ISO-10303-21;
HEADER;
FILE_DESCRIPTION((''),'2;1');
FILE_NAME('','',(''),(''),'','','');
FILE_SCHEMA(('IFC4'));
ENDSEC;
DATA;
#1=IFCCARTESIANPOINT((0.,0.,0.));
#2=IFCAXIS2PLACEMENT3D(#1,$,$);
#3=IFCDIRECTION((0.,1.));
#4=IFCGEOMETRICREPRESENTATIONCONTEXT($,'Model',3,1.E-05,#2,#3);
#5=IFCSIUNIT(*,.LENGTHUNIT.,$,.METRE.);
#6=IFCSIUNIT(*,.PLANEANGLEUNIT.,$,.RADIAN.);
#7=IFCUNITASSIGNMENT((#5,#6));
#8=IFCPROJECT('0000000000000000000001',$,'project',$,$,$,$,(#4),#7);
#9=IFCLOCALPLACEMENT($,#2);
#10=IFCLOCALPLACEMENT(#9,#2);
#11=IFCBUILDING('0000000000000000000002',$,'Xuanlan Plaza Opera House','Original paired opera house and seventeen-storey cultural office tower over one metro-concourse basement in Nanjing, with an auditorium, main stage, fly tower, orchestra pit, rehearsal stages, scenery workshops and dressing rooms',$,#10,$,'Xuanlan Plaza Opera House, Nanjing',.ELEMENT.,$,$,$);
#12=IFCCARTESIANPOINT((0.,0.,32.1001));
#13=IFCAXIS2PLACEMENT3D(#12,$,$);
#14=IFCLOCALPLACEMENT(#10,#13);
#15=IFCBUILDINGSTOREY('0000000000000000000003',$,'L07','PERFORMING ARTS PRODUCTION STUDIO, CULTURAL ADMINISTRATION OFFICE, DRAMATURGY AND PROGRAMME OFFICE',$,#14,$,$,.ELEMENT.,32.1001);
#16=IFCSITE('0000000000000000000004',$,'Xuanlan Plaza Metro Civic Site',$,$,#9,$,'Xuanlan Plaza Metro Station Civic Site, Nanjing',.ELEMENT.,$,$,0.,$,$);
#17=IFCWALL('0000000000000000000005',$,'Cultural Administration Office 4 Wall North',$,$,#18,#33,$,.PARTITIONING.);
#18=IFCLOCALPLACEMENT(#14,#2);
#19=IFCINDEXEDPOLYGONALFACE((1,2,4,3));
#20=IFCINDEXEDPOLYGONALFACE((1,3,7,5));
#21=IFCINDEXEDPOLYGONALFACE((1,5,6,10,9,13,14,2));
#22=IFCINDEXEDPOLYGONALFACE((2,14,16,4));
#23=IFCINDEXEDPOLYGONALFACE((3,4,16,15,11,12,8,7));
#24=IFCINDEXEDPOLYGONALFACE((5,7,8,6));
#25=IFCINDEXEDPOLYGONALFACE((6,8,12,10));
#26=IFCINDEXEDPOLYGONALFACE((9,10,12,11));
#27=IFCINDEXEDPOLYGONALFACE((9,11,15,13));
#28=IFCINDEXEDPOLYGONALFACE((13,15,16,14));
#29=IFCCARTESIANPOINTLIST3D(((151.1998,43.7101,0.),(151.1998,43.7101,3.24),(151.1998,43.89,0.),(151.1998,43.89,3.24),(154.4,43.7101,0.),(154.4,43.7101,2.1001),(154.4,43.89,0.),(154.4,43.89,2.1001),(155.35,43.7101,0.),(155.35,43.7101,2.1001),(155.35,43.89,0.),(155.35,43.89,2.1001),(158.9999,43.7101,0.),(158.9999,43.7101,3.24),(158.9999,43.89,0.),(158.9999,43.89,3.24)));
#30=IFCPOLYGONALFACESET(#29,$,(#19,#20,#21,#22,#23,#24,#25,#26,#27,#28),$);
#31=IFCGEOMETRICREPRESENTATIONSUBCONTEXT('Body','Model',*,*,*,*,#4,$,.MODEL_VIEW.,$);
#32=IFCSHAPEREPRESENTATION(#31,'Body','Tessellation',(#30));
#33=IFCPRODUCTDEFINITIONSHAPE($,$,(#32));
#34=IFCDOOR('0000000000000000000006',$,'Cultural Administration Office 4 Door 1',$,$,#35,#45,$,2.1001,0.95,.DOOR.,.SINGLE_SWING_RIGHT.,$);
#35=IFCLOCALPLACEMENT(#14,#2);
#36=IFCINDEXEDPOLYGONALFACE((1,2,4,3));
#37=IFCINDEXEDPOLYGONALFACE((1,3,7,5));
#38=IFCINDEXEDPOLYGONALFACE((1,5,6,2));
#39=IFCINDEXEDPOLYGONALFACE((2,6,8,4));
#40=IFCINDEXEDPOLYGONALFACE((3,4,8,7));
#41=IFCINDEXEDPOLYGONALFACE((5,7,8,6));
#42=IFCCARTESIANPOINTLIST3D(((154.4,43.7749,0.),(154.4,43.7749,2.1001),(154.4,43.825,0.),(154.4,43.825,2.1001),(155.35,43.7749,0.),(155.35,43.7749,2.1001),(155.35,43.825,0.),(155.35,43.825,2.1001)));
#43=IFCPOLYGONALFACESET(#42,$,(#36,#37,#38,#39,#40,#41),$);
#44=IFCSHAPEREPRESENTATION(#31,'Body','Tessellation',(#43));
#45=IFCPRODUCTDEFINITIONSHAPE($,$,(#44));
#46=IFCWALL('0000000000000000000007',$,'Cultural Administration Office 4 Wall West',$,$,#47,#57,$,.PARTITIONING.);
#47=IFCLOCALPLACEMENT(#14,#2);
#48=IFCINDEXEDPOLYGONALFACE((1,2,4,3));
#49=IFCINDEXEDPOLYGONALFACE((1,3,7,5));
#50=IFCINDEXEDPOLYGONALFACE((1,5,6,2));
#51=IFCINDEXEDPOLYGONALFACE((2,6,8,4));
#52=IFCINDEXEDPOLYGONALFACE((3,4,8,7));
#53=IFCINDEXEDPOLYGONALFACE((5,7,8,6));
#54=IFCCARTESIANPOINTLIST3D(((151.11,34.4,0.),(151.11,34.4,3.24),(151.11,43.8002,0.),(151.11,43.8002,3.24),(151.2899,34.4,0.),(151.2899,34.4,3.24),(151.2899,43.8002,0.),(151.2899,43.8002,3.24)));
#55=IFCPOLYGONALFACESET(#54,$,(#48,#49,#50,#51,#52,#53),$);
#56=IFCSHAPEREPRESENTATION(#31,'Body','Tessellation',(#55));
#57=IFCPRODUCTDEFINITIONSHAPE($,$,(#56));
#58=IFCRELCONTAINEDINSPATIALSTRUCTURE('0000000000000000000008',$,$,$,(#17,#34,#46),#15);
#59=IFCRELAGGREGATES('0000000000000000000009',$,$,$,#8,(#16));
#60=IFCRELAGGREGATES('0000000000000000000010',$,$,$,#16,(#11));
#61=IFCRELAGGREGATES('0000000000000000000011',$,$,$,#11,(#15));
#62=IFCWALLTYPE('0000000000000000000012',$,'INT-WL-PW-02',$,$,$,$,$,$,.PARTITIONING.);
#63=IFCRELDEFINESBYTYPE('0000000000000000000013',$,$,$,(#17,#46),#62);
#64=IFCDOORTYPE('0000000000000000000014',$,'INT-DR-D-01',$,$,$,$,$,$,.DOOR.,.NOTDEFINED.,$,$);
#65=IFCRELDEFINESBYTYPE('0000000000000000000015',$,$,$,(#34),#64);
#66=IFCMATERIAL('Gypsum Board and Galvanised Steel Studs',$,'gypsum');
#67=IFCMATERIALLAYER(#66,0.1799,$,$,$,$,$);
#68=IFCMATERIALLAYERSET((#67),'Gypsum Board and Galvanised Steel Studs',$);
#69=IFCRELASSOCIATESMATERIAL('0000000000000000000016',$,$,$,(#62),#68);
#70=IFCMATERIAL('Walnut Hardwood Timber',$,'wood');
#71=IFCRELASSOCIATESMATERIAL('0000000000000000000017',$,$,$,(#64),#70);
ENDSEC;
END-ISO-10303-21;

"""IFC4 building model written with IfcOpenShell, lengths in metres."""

from ifc_helpers import new_model, si_unit, direction, frame, frame_2d, origin, place, context, subcontext, project, spatial, rectangle, extrude, material, layer, layer_set, type_object, element, fill, save


model = new_model("IFC4")

# Units and contexts
model_context = context("Model", 3, precision=1e-05, world=origin(), true_north=direction((0.0, 1.0)))
body_context = subcontext(model_context, "Body", "Model", "MODEL_VIEW")
ifc_project = project(units=[si_unit("LENGTHUNIT", "METRE"), si_unit("PLANEANGLEUNIT", "RADIAN")], contexts=[model_context])

# Site, building, storey
site_placement = place(None, origin())
site = spatial("IfcSite", under=ifc_project, at=site_placement, Name="Xuanlan Plaza Metro Civic Site", LongName="Xuanlan Plaza Metro Station Civic Site, Nanjing", CompositionType="ELEMENT", RefElevation=0.0)
building_placement = place(site_placement, origin())
building = spatial("IfcBuilding", under=site, at=building_placement, Name="Xuanlan Plaza Opera House", Description="Original paired opera house and seventeen-storey cultural office tower over one metro-concourse basement in Nanjing, with an auditorium, main stage, fly tower, orchestra pit, rehearsal stages, scenery workshops and dressing rooms", LongName="Xuanlan Plaza Opera House, Nanjing", CompositionType="ELEMENT")
storey_placement = place(building_placement, frame((0.0, 0.0, 32.1001)))
storey = spatial("IfcBuildingStorey", under=building, at=storey_placement, Name="L07", Description="PERFORMING ARTS PRODUCTION STUDIO, CULTURAL ADMINISTRATION OFFICE, DRAMATURGY AND PROGRAMME OFFICE", CompositionType="ELEMENT", Elevation=32.1001)

# Shared definitions
ifc_material_1 = material(Name="Gypsum Board and Galvanised Steel Studs", Category="gypsum")
ifc_layer_1 = layer(ifc_material_1, 0.1799)
ifc_layer_set_1 = layer_set([ifc_layer_1], Name="Gypsum Board and Galvanised Steel Studs")
wall_type = type_object("IfcWallType", Name="INT-WL-PW-02", PredefinedType="PARTITIONING", material=ifc_layer_set_1)

# Shared definitions
ifc_material_2 = material(Name="Walnut Hardwood Timber", Category="wood")

# Wall, opening, door
wall_1_placement = place(storey_placement, frame((151.2, 43.8, 0.0), z_axis=(0.0, 0.0, 1.0), x_axis=(1.0, 0.0, 0.0)))
wall_1 = element("IfcWall", 1, at=wall_1_placement, inside=storey, type_object=wall_type, Name="Cultural Administration Office 4 Wall North", PredefinedType="PARTITIONING", context=body_context, shape_type="SweptSolid", body=[
    extrude(rectangle(XDim=7.8, YDim=0.1799, at=frame_2d((3.8999, 0.0))), origin(), (0.0, 0.0, 1.0), 3.24),
])
opening_1_placement = place(wall_1_placement, frame((3.2, 0.0, 0.0)))
opening_1 = element("IfcOpeningElement", 2, at=opening_1_placement, cuts=wall_1, PredefinedType="OPENING", context=body_context, shape_type="SweptSolid", body=[
    extrude(rectangle(XDim=0.95, YDim=2.1001, at=frame_2d((0.4751, 1.05))), frame((0.0, 0.0999, 0.0), z_axis=(0.0, -1.0, 0.0), x_axis=(1.0, 0.0, 0.0)), (0.0, 0.0, 1.0), 0.2),
])
door_type_1 = type_object("IfcDoorType", Name="INT-DR-D-01", OperationType="NOTDEFINED", PredefinedType="DOOR", material=ifc_material_2)
door_1_placement = place(opening_1_placement, origin())
door_1 = element("IfcDoor", 3, at=door_1_placement, inside=storey, type_object=door_type_1, Name="Cultural Administration Office 4 Door 1", OperationType="SINGLE_SWING_RIGHT", OverallHeight=2.1001, OverallWidth=0.95, PredefinedType="DOOR", context=body_context, shape_type="SweptSolid", body=[
    extrude(rectangle(XDim=0.95, YDim=2.1001, at=frame_2d((0.4751, 1.05))), frame((0.0, 0.0249, 0.0), z_axis=(0.0, -1.0, 0.0), x_axis=(1.0, 0.0, 0.0)), (0.0, 0.0, 1.0), 0.05),
])
fill(opening_1, door_1)

# Wall
wall_2_placement = place(storey_placement, frame((151.2, 34.3999, 0.0), z_axis=(0.0, 0.0, 1.0), x_axis=(0.0, 1.0, 0.0)))
element("IfcWall", 4, at=wall_2_placement, inside=storey, type_object=wall_type, Name="Cultural Administration Office 4 Wall West", PredefinedType="PARTITIONING", context=body_context, shape_type="SweptSolid", body=[
    extrude(rectangle(XDim=9.4001, YDim=0.1799, at=frame_2d((4.7002, 0.0))), origin(), (0.0, 0.0, 1.0), 3.24),
])

save(model, "model.ifc")
